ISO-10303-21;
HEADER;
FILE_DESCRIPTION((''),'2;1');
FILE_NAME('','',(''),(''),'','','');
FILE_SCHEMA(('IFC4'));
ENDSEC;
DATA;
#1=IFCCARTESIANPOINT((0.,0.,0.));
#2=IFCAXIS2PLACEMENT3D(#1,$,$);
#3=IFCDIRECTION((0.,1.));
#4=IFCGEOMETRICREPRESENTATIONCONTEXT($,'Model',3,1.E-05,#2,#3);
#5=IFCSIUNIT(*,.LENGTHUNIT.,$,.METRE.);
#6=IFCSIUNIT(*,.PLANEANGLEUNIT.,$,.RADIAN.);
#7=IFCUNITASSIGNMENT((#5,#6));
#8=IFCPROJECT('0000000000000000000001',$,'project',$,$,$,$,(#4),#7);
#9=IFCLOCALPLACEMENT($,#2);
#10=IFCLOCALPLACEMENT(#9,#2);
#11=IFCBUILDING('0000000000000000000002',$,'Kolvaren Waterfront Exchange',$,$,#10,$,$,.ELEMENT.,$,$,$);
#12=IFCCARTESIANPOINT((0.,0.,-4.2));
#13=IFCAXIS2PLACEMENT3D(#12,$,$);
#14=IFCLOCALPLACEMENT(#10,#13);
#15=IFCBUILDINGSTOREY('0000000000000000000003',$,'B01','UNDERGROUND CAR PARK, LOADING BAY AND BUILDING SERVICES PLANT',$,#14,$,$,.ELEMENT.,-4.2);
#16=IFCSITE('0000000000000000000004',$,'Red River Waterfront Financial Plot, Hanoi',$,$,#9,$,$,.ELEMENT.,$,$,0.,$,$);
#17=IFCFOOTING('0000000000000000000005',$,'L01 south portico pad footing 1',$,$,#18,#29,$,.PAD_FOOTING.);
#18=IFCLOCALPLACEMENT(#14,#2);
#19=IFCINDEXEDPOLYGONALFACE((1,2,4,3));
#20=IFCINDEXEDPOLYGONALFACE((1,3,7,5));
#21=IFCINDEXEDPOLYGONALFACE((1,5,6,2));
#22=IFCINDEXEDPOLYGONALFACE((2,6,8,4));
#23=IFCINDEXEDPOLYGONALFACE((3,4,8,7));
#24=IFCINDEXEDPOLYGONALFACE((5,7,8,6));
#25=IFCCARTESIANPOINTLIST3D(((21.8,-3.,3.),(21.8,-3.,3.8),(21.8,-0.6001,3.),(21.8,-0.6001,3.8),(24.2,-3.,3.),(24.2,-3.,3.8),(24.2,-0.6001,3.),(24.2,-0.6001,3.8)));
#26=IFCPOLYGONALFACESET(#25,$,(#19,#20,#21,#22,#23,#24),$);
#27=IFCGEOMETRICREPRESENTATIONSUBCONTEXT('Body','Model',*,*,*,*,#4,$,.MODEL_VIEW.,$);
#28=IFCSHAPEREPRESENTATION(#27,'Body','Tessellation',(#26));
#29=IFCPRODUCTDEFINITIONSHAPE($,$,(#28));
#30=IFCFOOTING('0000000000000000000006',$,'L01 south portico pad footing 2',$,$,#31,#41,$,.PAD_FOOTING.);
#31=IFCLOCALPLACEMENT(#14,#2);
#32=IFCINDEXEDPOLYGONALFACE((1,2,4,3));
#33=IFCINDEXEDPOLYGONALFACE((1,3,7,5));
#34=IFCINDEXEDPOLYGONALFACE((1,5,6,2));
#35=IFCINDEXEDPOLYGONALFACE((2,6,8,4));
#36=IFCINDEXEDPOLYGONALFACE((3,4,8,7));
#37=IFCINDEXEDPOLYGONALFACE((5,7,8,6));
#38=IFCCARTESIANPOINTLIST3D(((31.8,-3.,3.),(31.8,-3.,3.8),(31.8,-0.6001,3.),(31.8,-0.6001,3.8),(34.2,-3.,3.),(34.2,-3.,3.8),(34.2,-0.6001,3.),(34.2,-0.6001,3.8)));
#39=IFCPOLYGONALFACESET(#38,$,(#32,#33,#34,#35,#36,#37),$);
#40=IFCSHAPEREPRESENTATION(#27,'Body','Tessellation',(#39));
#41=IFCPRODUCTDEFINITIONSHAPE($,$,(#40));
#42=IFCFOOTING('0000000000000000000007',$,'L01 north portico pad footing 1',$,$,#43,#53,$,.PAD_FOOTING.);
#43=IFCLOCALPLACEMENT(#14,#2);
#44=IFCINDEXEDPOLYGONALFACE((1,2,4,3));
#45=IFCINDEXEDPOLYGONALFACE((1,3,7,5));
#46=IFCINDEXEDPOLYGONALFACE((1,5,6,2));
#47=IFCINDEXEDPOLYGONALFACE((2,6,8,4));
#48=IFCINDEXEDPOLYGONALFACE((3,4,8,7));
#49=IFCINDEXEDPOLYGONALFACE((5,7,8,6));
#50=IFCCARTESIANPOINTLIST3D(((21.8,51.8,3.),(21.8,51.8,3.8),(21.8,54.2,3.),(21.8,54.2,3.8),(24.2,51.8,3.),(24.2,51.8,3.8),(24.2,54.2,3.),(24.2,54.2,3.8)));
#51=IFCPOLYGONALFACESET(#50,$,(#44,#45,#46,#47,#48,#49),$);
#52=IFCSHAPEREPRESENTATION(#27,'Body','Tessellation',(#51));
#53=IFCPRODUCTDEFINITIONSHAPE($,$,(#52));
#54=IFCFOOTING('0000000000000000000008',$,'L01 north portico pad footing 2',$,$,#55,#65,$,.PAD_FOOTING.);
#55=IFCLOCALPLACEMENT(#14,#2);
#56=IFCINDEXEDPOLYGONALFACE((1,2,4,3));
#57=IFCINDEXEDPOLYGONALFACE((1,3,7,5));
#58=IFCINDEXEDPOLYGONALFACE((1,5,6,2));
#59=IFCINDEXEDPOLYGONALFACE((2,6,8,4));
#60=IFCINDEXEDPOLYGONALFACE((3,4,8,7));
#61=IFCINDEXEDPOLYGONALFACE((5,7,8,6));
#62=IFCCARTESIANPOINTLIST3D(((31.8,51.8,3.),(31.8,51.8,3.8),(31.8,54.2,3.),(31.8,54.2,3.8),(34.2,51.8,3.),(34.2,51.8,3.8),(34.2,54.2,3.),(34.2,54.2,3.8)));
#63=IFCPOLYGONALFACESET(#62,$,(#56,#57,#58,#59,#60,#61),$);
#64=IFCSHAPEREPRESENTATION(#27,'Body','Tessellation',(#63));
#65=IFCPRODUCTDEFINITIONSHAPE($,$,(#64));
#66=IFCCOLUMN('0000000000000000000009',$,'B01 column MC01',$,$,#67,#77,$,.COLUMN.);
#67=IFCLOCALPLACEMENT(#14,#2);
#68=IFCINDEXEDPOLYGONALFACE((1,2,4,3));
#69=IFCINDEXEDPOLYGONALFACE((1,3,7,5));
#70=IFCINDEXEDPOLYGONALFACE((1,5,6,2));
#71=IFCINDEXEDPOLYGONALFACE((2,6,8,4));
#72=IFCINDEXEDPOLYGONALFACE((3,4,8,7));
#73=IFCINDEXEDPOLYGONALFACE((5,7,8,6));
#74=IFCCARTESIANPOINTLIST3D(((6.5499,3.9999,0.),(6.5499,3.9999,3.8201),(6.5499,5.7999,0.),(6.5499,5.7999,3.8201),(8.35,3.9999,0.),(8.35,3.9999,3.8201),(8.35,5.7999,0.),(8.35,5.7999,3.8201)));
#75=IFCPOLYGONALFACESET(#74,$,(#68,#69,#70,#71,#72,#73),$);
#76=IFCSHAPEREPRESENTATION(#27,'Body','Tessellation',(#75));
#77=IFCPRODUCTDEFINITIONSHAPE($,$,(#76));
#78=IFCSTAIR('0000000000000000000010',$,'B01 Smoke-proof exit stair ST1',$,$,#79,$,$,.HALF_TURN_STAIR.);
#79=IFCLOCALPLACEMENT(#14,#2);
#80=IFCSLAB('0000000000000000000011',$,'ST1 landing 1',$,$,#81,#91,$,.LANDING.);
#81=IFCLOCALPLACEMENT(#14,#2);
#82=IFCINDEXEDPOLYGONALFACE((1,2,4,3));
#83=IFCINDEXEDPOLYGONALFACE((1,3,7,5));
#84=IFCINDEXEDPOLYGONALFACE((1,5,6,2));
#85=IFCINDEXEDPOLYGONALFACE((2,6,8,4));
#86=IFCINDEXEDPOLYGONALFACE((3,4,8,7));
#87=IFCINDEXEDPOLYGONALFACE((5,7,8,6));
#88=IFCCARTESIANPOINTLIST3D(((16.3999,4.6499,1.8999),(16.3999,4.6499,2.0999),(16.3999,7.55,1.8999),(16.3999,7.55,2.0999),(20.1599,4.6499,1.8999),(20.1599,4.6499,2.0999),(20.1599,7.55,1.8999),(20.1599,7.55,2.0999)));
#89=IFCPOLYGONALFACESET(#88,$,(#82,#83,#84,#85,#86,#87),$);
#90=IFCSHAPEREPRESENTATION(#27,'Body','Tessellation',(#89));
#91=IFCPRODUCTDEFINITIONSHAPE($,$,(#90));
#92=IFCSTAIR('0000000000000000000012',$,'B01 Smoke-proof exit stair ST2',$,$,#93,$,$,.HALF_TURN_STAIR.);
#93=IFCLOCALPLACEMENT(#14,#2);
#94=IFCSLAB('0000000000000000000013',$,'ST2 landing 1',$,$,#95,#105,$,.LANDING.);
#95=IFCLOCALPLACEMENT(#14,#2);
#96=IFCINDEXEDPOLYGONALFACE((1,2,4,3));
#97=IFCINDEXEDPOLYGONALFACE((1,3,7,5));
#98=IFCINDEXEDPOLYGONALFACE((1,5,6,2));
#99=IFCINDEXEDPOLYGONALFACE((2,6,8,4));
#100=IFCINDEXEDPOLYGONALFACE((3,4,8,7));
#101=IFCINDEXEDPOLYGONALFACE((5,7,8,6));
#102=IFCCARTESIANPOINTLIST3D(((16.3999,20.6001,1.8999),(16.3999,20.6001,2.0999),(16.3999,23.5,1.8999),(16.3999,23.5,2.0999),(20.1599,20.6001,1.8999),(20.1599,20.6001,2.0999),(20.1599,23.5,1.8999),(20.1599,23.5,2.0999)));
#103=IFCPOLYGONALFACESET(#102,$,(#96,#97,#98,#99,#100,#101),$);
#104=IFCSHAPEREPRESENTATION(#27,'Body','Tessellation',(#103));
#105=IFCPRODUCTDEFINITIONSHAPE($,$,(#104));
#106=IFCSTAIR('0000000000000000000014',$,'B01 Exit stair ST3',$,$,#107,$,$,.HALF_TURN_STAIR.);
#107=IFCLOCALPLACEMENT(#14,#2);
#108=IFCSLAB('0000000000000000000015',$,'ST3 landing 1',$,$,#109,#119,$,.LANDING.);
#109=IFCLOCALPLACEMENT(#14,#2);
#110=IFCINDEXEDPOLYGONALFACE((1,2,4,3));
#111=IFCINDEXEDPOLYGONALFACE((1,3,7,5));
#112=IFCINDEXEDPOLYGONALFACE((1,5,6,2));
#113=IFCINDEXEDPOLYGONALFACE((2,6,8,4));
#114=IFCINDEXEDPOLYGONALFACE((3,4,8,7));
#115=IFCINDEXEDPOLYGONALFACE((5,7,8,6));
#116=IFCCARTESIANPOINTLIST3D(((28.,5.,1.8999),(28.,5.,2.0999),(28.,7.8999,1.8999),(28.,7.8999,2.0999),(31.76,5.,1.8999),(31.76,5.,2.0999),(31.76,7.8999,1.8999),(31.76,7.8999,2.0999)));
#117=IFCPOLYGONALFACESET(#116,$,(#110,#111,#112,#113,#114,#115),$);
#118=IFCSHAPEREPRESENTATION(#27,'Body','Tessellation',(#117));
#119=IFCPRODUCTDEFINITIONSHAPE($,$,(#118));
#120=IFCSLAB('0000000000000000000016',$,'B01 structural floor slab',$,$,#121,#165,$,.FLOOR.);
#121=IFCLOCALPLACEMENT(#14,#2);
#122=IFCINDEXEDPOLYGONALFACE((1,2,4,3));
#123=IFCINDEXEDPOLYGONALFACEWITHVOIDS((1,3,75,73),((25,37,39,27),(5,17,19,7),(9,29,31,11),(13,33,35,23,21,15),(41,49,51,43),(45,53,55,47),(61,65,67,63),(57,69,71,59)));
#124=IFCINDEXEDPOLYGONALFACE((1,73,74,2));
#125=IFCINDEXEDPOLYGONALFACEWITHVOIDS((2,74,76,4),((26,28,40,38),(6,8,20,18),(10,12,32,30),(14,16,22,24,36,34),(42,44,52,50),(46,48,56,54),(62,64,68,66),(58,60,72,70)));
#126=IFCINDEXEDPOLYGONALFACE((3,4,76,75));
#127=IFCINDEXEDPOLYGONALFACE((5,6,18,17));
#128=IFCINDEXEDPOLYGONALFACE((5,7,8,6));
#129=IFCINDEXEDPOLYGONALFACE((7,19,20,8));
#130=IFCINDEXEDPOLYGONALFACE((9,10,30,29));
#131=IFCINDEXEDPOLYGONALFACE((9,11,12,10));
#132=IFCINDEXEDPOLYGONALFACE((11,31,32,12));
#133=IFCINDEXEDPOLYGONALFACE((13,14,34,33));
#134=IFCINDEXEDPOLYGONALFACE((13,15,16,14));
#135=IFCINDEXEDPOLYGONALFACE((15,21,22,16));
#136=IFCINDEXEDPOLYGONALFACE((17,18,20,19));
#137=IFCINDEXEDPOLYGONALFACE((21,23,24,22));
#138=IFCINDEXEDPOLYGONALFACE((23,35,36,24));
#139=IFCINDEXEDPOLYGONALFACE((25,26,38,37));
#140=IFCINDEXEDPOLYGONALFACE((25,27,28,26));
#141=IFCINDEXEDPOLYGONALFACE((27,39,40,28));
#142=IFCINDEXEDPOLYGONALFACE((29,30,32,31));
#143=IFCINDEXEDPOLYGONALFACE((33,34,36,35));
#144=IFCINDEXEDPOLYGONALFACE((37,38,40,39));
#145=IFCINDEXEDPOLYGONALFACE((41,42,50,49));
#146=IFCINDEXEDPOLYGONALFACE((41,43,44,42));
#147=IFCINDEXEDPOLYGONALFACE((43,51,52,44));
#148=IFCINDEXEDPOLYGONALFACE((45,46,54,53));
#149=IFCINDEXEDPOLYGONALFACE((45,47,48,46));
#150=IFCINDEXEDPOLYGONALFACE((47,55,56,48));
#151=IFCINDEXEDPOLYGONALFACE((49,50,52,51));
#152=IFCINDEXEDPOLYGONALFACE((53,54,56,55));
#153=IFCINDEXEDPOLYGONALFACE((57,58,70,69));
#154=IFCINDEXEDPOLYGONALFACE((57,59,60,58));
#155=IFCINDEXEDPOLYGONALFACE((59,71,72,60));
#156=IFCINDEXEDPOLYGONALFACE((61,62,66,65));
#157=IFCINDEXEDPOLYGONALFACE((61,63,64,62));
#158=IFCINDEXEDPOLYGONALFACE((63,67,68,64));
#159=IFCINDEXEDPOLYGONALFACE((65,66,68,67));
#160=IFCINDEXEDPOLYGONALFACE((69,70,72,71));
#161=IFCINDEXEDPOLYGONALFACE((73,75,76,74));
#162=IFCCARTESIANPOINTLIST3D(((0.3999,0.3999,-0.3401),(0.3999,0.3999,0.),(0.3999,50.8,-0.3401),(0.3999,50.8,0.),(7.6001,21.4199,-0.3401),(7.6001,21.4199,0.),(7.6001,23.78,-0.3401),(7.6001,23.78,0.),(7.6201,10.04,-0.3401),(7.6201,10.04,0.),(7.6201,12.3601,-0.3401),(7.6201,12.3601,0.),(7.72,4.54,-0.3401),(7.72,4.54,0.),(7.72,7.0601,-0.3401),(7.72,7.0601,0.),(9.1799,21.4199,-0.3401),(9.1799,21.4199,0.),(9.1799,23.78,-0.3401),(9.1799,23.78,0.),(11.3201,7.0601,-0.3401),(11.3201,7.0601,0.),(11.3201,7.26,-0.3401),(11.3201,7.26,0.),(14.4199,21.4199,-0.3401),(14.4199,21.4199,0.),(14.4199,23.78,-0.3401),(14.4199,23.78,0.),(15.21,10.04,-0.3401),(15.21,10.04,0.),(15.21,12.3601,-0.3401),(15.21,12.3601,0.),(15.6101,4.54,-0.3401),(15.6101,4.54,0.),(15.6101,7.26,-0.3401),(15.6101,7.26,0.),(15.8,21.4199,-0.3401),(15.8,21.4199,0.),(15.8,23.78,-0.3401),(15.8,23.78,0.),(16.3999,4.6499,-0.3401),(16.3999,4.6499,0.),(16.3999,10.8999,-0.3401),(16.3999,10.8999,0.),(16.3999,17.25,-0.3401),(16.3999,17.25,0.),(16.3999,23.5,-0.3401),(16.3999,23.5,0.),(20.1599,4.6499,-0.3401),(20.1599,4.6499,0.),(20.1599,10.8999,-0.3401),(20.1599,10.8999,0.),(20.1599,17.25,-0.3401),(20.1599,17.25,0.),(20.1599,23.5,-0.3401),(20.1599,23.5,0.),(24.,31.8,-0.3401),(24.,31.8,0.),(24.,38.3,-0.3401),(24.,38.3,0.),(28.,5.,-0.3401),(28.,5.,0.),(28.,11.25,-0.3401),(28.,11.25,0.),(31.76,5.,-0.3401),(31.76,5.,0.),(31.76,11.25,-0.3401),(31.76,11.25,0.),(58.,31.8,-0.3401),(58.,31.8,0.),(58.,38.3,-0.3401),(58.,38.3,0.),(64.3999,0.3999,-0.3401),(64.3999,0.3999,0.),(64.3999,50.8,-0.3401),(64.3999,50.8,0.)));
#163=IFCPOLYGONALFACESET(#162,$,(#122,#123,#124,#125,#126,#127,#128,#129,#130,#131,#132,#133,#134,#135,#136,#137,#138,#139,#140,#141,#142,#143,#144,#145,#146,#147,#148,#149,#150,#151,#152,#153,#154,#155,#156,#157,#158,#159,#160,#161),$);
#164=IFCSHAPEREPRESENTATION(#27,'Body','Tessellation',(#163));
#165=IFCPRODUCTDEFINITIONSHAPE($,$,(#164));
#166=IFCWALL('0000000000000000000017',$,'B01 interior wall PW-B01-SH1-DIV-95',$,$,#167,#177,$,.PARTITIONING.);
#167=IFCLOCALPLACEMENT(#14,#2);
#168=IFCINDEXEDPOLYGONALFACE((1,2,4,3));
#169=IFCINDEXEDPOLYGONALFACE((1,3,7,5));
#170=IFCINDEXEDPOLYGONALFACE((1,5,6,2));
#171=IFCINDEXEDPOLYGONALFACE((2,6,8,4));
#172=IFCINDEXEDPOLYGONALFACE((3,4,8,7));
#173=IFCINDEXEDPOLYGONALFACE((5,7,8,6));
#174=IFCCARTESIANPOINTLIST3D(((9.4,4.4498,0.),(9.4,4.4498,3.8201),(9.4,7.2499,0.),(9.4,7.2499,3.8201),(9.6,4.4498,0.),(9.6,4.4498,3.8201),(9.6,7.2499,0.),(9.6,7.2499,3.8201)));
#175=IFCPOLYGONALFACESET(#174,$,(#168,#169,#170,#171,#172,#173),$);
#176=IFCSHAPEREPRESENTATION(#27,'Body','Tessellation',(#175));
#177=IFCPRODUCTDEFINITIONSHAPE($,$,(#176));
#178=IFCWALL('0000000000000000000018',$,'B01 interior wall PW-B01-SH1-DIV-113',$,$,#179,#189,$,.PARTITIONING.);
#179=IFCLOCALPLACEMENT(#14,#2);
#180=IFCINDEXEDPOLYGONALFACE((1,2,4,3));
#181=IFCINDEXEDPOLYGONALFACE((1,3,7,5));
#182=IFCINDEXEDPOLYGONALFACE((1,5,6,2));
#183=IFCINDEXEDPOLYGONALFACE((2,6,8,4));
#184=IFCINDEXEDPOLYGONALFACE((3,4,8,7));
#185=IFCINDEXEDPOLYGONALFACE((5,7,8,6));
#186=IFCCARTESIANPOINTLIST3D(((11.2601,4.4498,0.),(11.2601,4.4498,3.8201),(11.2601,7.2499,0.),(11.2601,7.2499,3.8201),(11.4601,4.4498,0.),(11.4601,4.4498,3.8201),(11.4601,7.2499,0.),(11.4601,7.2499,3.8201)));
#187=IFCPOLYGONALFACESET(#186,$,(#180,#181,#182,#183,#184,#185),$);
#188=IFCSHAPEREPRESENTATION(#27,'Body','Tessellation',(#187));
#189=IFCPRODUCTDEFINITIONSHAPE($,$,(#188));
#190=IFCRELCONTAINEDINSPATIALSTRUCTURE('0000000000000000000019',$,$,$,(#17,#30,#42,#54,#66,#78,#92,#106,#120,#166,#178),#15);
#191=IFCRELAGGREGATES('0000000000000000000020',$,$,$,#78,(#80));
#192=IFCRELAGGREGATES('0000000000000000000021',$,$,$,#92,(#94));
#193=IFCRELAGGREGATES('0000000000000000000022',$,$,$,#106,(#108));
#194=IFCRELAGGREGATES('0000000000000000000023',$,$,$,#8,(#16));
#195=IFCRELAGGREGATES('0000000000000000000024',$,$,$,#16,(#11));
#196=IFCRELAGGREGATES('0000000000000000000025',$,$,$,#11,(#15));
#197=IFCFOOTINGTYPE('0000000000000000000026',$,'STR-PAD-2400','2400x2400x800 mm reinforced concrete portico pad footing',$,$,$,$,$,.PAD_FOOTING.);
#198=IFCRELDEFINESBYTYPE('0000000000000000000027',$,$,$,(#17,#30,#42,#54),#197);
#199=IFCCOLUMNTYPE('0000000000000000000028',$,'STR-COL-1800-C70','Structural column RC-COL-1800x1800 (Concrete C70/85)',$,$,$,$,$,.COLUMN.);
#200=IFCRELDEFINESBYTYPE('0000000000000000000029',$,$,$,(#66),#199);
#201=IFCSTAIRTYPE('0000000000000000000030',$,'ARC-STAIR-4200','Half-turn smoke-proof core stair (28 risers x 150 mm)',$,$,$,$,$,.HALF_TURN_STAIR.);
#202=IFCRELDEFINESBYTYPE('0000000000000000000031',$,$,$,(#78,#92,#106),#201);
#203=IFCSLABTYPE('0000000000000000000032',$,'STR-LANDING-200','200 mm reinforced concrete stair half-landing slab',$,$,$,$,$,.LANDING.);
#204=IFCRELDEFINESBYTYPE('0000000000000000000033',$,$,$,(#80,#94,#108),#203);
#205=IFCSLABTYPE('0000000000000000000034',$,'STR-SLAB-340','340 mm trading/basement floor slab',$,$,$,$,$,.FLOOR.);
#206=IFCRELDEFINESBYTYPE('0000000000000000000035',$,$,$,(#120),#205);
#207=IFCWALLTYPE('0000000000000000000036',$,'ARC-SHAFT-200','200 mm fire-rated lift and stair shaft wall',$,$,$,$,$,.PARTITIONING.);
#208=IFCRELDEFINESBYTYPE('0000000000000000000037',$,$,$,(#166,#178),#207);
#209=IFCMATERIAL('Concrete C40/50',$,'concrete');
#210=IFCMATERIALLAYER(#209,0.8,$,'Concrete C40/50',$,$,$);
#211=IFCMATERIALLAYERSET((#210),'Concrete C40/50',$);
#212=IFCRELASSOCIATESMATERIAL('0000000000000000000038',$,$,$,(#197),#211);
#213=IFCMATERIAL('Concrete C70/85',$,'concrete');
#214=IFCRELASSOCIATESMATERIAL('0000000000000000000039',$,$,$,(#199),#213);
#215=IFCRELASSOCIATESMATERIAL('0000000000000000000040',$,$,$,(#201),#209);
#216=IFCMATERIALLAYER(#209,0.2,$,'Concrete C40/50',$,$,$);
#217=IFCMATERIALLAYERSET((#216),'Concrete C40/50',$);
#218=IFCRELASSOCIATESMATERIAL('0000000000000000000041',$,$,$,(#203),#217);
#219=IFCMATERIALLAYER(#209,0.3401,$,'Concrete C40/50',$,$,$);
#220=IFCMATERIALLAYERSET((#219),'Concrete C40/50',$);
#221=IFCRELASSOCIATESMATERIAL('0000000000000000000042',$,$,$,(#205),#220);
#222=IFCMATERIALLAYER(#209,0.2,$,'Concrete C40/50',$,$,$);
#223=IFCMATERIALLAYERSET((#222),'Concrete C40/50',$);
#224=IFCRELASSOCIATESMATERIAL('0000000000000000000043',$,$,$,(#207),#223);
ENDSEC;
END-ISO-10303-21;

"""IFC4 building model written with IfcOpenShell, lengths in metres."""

from ifc_helpers import new_model, si_unit, direction, frame, frame_2d, origin, origin_2d, place, context, subcontext, project, spatial, polyline, rectangle, outline, extrude, material, layer, layer_set, material_profile, profile_set, type_object, element, aggregate, save


model = new_model("IFC4")

# Units and contexts
model_context = context("Model", 3, precision=1e-05, world=origin(), true_north=direction((0.0, 1.0)))
body_context = subcontext(model_context, "Body", "Model", "MODEL_VIEW")
ifc_project = project(units=[si_unit("LENGTHUNIT", "METRE"), si_unit("PLANEANGLEUNIT", "RADIAN")], contexts=[model_context])

# Site, building, storey
site_placement = place(None, origin())
site = spatial("IfcSite", under=ifc_project, at=site_placement, Name="Red River Waterfront Financial Plot, Hanoi", CompositionType="ELEMENT", RefElevation=0.0)
building_placement = place(site_placement, origin())
building = spatial("IfcBuilding", under=site, at=building_placement, Name="Kolvaren Waterfront Exchange", CompositionType="ELEMENT")
storey_placement = place(building_placement, frame((0.0, 0.0, -4.2)))
storey = spatial("IfcBuildingStorey", under=building, at=storey_placement, Name="B01", Description="UNDERGROUND CAR PARK, LOADING BAY AND BUILDING SERVICES PLANT", CompositionType="ELEMENT", Elevation=-4.2)

# Footings
ifc_material_1 = material(Name="Concrete C40/50", Category="concrete")
ifc_layer_1 = layer(ifc_material_1, 0.8, Name="Concrete C40/50")
ifc_layer_set_1 = layer_set([ifc_layer_1], Name="Concrete C40/50")
footing_type = type_object("IfcFootingType", Name="STR-PAD-2400", Description="2400x2400x800 mm reinforced concrete portico pad footing", PredefinedType="PAD_FOOTING", material=ifc_layer_set_1)
footing_1_placement = place(storey_placement, frame((0.0, 0.0, 3.0)))
element("IfcFooting", 1, at=footing_1_placement, inside=storey, type_object=footing_type, Name="L01 south portico pad footing 1", PredefinedType="PAD_FOOTING", context=body_context, shape_type="SweptSolid", body=[
    extrude(outline(polyline([(21.8, -3.0), (24.2, -3.0), (24.2, -0.6001), (21.8, -0.6001), (21.8, -3.0)])), origin(), (0.0, 0.0, 1.0), 0.8),
])
footing_2_placement = place(storey_placement, frame((0.0, 0.0, 3.0)))
element("IfcFooting", 2, at=footing_2_placement, inside=storey, type_object=footing_type, Name="L01 south portico pad footing 2", PredefinedType="PAD_FOOTING", context=body_context, shape_type="SweptSolid", body=[
    extrude(outline(polyline([(31.8, -3.0), (34.2, -3.0), (34.2, -0.6001), (31.8, -0.6001), (31.8, -3.0)])), origin(), (0.0, 0.0, 1.0), 0.8),
])
footing_3_placement = place(storey_placement, frame((0.0, 0.0, 3.0)))
element("IfcFooting", 3, at=footing_3_placement, inside=storey, type_object=footing_type, Name="L01 north portico pad footing 1", PredefinedType="PAD_FOOTING", context=body_context, shape_type="SweptSolid", body=[
    extrude(outline(polyline([(21.8, 51.8), (24.2, 51.8), (24.2, 54.2), (21.8, 54.2), (21.8, 51.8)])), origin(), (0.0, 0.0, 1.0), 0.8),
])
footing_4_placement = place(storey_placement, frame((0.0, 0.0, 3.0)))
element("IfcFooting", 4, at=footing_4_placement, inside=storey, type_object=footing_type, Name="L01 north portico pad footing 2", PredefinedType="PAD_FOOTING", context=body_context, shape_type="SweptSolid", body=[
    extrude(outline(polyline([(31.8, 51.8), (34.2, 51.8), (34.2, 54.2), (31.8, 54.2), (31.8, 51.8)])), origin(), (0.0, 0.0, 1.0), 0.8),
])

# Column
ifc_material_2 = material(Name="Concrete C70/85", Category="concrete")
ifc_material_profile = material_profile(ifc_material_2, rectangle(XDim=1.8, YDim=1.8, at=origin_2d()), Name="RC-COL-1800x1800")
ifc_profile_set = profile_set([ifc_material_profile], Name="Concrete C70/85")
column_type = type_object("IfcColumnType", Name="STR-COL-1800-C70", Description="Structural column RC-COL-1800x1800 (Concrete C70/85)", PredefinedType="COLUMN", material=ifc_profile_set)
column_placement = place(storey_placement, frame((7.45, 4.8999, 0.0), z_axis=(0.0, 0.0, 1.0), x_axis=(1.0, 0.0, 0.0)))
element("IfcColumn", 5, at=column_placement, inside=storey, type_object=column_type, Name="B01 column MC01", PredefinedType="COLUMN", context=body_context, shape_type="SweptSolid", body=[
    extrude(rectangle(XDim=1.8, YDim=1.8, at=origin_2d()), origin(), (0.0, 0.0, 1.0), 3.8201),
])

# Stairs, slabs
stair_type = type_object("IfcStairType", Name="ARC-STAIR-4200", Description="Half-turn smoke-proof core stair (28 risers x 150 mm)", PredefinedType="HALF_TURN_STAIR", material=ifc_material_1)
stair_1_placement = place(storey_placement, origin())
stair_1 = element("IfcStair", 6, at=stair_1_placement, inside=storey, type_object=stair_type, Name="B01 Smoke-proof exit stair ST1", PredefinedType="HALF_TURN_STAIR")
ifc_layer_2 = layer(ifc_material_1, 0.2, Name="Concrete C40/50")
ifc_layer_set_2 = layer_set([ifc_layer_2], Name="Concrete C40/50")
slab_type_1 = type_object("IfcSlabType", Name="STR-LANDING-200", Description="200 mm reinforced concrete stair half-landing slab", PredefinedType="LANDING", material=ifc_layer_set_2)
slab_1_placement = place(storey_placement, frame((0.0, 0.0, 1.8999)))
slab_1 = element("IfcSlab", 7, at=slab_1_placement, type_object=slab_type_1, Name="ST1 landing 1", PredefinedType="LANDING", context=body_context, shape_type="SweptSolid", body=[
    extrude(outline(polyline([(16.3999, 7.55), (16.3999, 4.6499), (20.1599, 4.6499), (20.1599, 7.55), (16.3999, 7.55)])), origin(), (0.0, 0.0, 1.0), 0.2),
])
aggregate(stair_1, [slab_1])
stair_2_placement = place(storey_placement, origin())
stair_2 = element("IfcStair", 8, at=stair_2_placement, inside=storey, type_object=stair_type, Name="B01 Smoke-proof exit stair ST2", PredefinedType="HALF_TURN_STAIR")
slab_2_placement = place(storey_placement, frame((0.0, 0.0, 1.8999)))
slab_2 = element("IfcSlab", 9, at=slab_2_placement, type_object=slab_type_1, Name="ST2 landing 1", PredefinedType="LANDING", context=body_context, shape_type="SweptSolid", body=[
    extrude(outline(polyline([(20.1599, 20.6001), (20.1599, 23.5), (16.3999, 23.5), (16.3999, 20.6001), (20.1599, 20.6001)])), origin(), (0.0, 0.0, 1.0), 0.2),
])
aggregate(stair_2, [slab_2])
stair_3_placement = place(storey_placement, origin())
stair_3 = element("IfcStair", 10, at=stair_3_placement, inside=storey, type_object=stair_type, Name="B01 Exit stair ST3", PredefinedType="HALF_TURN_STAIR")
slab_3_placement = place(storey_placement, frame((0.0, 0.0, 1.8999)))
slab_3 = element("IfcSlab", 11, at=slab_3_placement, type_object=slab_type_1, Name="ST3 landing 1", PredefinedType="LANDING", context=body_context, shape_type="SweptSolid", body=[
    extrude(outline(polyline([(28.0, 7.8999), (28.0, 5.0), (31.76, 5.0), (31.76, 7.8999), (28.0, 7.8999)])), origin(), (0.0, 0.0, 1.0), 0.2),
])
aggregate(stair_3, [slab_3])

# Slab
ifc_layer_3 = layer(ifc_material_1, 0.3401, Name="Concrete C40/50")
ifc_layer_set_3 = layer_set([ifc_layer_3], Name="Concrete C40/50")
slab_type_2 = type_object("IfcSlabType", Name="STR-SLAB-340", Description="340 mm trading/basement floor slab", PredefinedType="FLOOR", material=ifc_layer_set_3)
slab_4_placement = place(storey_placement, frame((0.0, 0.0, -0.3401)))
element("IfcSlab", 12, at=slab_4_placement, inside=storey, type_object=slab_type_2, Name="B01 structural floor slab", PredefinedType="FLOOR", context=body_context, shape_type="SweptSolid", body=[
    extrude(outline(polyline([(0.3999, 0.3999), (64.3999, 0.3999), (64.3999, 50.8), (0.3999, 50.8), (0.3999, 0.3999)]), holes=[polyline([(11.3201, 7.26), (15.6101, 7.26), (15.6101, 4.54), (7.72, 4.54), (7.72, 7.0601), (11.3201, 7.0601), (11.3201, 7.26)]), polyline([(20.1599, 10.8999), (20.1599, 4.6499), (16.3999, 4.6499), (16.3999, 10.8999), (20.1599, 10.8999)]), polyline([(31.76, 11.25), (31.76, 5.0), (28.0, 5.0), (28.0, 11.25), (31.76, 11.25)]), polyline([(15.21, 10.04), (7.6201, 10.04), (7.6201, 12.3601), (15.21, 12.3601), (15.21, 10.04)]), polyline([(16.3999, 17.25), (16.3999, 23.5), (20.1599, 23.5), (20.1599, 17.25), (16.3999, 17.25)]), polyline([(7.6001, 23.78), (9.1799, 23.78), (9.1799, 21.4199), (7.6001, 21.4199), (7.6001, 23.78)]), polyline([(14.4199, 23.78), (15.8, 23.78), (15.8, 21.4199), (14.4199, 21.4199), (14.4199, 23.78)]), polyline([(24.0, 38.3), (58.0, 38.3), (58.0, 31.8), (24.0, 31.8), (24.0, 38.3)])]), origin(), (0.0, 0.0, 1.0), 0.3401),
])

# Walls
ifc_layer_4 = layer(ifc_material_1, 0.2, Name="Concrete C40/50")
ifc_layer_set_4 = layer_set([ifc_layer_4], Name="Concrete C40/50")
wall_type_1 = type_object("IfcWallType", Name="ARC-SHAFT-200", Description="200 mm fire-rated lift and stair shaft wall", PredefinedType="PARTITIONING", material=ifc_layer_set_4)
for number, where, z_axis, x_axis, name in (
    (13, (9.5, 4.45, 0.0), (0.0, 0.0, 1.0), (0.0, 1.0, 0.0), "B01 interior wall PW-B01-SH1-DIV-95"),
    (14, (11.3601, 4.45, 0.0), (0.0, 0.0, 1.0), (0.0, 1.0, 0.0), "B01 interior wall PW-B01-SH1-DIV-113"),
):
    element("IfcWall", number, at=place(storey_placement, frame(where, z_axis=z_axis, x_axis=x_axis)), inside=storey, type_object=wall_type_1, Name=name, PredefinedType="PARTITIONING", context=body_context, shape_type="SweptSolid", body=[
        extrude(rectangle(XDim=2.8, YDim=0.2, at=frame_2d((1.3999, 0.0))), origin(), (0.0, 0.0, 1.0), 3.8201),
    ])

save(model, "model.ifc")
